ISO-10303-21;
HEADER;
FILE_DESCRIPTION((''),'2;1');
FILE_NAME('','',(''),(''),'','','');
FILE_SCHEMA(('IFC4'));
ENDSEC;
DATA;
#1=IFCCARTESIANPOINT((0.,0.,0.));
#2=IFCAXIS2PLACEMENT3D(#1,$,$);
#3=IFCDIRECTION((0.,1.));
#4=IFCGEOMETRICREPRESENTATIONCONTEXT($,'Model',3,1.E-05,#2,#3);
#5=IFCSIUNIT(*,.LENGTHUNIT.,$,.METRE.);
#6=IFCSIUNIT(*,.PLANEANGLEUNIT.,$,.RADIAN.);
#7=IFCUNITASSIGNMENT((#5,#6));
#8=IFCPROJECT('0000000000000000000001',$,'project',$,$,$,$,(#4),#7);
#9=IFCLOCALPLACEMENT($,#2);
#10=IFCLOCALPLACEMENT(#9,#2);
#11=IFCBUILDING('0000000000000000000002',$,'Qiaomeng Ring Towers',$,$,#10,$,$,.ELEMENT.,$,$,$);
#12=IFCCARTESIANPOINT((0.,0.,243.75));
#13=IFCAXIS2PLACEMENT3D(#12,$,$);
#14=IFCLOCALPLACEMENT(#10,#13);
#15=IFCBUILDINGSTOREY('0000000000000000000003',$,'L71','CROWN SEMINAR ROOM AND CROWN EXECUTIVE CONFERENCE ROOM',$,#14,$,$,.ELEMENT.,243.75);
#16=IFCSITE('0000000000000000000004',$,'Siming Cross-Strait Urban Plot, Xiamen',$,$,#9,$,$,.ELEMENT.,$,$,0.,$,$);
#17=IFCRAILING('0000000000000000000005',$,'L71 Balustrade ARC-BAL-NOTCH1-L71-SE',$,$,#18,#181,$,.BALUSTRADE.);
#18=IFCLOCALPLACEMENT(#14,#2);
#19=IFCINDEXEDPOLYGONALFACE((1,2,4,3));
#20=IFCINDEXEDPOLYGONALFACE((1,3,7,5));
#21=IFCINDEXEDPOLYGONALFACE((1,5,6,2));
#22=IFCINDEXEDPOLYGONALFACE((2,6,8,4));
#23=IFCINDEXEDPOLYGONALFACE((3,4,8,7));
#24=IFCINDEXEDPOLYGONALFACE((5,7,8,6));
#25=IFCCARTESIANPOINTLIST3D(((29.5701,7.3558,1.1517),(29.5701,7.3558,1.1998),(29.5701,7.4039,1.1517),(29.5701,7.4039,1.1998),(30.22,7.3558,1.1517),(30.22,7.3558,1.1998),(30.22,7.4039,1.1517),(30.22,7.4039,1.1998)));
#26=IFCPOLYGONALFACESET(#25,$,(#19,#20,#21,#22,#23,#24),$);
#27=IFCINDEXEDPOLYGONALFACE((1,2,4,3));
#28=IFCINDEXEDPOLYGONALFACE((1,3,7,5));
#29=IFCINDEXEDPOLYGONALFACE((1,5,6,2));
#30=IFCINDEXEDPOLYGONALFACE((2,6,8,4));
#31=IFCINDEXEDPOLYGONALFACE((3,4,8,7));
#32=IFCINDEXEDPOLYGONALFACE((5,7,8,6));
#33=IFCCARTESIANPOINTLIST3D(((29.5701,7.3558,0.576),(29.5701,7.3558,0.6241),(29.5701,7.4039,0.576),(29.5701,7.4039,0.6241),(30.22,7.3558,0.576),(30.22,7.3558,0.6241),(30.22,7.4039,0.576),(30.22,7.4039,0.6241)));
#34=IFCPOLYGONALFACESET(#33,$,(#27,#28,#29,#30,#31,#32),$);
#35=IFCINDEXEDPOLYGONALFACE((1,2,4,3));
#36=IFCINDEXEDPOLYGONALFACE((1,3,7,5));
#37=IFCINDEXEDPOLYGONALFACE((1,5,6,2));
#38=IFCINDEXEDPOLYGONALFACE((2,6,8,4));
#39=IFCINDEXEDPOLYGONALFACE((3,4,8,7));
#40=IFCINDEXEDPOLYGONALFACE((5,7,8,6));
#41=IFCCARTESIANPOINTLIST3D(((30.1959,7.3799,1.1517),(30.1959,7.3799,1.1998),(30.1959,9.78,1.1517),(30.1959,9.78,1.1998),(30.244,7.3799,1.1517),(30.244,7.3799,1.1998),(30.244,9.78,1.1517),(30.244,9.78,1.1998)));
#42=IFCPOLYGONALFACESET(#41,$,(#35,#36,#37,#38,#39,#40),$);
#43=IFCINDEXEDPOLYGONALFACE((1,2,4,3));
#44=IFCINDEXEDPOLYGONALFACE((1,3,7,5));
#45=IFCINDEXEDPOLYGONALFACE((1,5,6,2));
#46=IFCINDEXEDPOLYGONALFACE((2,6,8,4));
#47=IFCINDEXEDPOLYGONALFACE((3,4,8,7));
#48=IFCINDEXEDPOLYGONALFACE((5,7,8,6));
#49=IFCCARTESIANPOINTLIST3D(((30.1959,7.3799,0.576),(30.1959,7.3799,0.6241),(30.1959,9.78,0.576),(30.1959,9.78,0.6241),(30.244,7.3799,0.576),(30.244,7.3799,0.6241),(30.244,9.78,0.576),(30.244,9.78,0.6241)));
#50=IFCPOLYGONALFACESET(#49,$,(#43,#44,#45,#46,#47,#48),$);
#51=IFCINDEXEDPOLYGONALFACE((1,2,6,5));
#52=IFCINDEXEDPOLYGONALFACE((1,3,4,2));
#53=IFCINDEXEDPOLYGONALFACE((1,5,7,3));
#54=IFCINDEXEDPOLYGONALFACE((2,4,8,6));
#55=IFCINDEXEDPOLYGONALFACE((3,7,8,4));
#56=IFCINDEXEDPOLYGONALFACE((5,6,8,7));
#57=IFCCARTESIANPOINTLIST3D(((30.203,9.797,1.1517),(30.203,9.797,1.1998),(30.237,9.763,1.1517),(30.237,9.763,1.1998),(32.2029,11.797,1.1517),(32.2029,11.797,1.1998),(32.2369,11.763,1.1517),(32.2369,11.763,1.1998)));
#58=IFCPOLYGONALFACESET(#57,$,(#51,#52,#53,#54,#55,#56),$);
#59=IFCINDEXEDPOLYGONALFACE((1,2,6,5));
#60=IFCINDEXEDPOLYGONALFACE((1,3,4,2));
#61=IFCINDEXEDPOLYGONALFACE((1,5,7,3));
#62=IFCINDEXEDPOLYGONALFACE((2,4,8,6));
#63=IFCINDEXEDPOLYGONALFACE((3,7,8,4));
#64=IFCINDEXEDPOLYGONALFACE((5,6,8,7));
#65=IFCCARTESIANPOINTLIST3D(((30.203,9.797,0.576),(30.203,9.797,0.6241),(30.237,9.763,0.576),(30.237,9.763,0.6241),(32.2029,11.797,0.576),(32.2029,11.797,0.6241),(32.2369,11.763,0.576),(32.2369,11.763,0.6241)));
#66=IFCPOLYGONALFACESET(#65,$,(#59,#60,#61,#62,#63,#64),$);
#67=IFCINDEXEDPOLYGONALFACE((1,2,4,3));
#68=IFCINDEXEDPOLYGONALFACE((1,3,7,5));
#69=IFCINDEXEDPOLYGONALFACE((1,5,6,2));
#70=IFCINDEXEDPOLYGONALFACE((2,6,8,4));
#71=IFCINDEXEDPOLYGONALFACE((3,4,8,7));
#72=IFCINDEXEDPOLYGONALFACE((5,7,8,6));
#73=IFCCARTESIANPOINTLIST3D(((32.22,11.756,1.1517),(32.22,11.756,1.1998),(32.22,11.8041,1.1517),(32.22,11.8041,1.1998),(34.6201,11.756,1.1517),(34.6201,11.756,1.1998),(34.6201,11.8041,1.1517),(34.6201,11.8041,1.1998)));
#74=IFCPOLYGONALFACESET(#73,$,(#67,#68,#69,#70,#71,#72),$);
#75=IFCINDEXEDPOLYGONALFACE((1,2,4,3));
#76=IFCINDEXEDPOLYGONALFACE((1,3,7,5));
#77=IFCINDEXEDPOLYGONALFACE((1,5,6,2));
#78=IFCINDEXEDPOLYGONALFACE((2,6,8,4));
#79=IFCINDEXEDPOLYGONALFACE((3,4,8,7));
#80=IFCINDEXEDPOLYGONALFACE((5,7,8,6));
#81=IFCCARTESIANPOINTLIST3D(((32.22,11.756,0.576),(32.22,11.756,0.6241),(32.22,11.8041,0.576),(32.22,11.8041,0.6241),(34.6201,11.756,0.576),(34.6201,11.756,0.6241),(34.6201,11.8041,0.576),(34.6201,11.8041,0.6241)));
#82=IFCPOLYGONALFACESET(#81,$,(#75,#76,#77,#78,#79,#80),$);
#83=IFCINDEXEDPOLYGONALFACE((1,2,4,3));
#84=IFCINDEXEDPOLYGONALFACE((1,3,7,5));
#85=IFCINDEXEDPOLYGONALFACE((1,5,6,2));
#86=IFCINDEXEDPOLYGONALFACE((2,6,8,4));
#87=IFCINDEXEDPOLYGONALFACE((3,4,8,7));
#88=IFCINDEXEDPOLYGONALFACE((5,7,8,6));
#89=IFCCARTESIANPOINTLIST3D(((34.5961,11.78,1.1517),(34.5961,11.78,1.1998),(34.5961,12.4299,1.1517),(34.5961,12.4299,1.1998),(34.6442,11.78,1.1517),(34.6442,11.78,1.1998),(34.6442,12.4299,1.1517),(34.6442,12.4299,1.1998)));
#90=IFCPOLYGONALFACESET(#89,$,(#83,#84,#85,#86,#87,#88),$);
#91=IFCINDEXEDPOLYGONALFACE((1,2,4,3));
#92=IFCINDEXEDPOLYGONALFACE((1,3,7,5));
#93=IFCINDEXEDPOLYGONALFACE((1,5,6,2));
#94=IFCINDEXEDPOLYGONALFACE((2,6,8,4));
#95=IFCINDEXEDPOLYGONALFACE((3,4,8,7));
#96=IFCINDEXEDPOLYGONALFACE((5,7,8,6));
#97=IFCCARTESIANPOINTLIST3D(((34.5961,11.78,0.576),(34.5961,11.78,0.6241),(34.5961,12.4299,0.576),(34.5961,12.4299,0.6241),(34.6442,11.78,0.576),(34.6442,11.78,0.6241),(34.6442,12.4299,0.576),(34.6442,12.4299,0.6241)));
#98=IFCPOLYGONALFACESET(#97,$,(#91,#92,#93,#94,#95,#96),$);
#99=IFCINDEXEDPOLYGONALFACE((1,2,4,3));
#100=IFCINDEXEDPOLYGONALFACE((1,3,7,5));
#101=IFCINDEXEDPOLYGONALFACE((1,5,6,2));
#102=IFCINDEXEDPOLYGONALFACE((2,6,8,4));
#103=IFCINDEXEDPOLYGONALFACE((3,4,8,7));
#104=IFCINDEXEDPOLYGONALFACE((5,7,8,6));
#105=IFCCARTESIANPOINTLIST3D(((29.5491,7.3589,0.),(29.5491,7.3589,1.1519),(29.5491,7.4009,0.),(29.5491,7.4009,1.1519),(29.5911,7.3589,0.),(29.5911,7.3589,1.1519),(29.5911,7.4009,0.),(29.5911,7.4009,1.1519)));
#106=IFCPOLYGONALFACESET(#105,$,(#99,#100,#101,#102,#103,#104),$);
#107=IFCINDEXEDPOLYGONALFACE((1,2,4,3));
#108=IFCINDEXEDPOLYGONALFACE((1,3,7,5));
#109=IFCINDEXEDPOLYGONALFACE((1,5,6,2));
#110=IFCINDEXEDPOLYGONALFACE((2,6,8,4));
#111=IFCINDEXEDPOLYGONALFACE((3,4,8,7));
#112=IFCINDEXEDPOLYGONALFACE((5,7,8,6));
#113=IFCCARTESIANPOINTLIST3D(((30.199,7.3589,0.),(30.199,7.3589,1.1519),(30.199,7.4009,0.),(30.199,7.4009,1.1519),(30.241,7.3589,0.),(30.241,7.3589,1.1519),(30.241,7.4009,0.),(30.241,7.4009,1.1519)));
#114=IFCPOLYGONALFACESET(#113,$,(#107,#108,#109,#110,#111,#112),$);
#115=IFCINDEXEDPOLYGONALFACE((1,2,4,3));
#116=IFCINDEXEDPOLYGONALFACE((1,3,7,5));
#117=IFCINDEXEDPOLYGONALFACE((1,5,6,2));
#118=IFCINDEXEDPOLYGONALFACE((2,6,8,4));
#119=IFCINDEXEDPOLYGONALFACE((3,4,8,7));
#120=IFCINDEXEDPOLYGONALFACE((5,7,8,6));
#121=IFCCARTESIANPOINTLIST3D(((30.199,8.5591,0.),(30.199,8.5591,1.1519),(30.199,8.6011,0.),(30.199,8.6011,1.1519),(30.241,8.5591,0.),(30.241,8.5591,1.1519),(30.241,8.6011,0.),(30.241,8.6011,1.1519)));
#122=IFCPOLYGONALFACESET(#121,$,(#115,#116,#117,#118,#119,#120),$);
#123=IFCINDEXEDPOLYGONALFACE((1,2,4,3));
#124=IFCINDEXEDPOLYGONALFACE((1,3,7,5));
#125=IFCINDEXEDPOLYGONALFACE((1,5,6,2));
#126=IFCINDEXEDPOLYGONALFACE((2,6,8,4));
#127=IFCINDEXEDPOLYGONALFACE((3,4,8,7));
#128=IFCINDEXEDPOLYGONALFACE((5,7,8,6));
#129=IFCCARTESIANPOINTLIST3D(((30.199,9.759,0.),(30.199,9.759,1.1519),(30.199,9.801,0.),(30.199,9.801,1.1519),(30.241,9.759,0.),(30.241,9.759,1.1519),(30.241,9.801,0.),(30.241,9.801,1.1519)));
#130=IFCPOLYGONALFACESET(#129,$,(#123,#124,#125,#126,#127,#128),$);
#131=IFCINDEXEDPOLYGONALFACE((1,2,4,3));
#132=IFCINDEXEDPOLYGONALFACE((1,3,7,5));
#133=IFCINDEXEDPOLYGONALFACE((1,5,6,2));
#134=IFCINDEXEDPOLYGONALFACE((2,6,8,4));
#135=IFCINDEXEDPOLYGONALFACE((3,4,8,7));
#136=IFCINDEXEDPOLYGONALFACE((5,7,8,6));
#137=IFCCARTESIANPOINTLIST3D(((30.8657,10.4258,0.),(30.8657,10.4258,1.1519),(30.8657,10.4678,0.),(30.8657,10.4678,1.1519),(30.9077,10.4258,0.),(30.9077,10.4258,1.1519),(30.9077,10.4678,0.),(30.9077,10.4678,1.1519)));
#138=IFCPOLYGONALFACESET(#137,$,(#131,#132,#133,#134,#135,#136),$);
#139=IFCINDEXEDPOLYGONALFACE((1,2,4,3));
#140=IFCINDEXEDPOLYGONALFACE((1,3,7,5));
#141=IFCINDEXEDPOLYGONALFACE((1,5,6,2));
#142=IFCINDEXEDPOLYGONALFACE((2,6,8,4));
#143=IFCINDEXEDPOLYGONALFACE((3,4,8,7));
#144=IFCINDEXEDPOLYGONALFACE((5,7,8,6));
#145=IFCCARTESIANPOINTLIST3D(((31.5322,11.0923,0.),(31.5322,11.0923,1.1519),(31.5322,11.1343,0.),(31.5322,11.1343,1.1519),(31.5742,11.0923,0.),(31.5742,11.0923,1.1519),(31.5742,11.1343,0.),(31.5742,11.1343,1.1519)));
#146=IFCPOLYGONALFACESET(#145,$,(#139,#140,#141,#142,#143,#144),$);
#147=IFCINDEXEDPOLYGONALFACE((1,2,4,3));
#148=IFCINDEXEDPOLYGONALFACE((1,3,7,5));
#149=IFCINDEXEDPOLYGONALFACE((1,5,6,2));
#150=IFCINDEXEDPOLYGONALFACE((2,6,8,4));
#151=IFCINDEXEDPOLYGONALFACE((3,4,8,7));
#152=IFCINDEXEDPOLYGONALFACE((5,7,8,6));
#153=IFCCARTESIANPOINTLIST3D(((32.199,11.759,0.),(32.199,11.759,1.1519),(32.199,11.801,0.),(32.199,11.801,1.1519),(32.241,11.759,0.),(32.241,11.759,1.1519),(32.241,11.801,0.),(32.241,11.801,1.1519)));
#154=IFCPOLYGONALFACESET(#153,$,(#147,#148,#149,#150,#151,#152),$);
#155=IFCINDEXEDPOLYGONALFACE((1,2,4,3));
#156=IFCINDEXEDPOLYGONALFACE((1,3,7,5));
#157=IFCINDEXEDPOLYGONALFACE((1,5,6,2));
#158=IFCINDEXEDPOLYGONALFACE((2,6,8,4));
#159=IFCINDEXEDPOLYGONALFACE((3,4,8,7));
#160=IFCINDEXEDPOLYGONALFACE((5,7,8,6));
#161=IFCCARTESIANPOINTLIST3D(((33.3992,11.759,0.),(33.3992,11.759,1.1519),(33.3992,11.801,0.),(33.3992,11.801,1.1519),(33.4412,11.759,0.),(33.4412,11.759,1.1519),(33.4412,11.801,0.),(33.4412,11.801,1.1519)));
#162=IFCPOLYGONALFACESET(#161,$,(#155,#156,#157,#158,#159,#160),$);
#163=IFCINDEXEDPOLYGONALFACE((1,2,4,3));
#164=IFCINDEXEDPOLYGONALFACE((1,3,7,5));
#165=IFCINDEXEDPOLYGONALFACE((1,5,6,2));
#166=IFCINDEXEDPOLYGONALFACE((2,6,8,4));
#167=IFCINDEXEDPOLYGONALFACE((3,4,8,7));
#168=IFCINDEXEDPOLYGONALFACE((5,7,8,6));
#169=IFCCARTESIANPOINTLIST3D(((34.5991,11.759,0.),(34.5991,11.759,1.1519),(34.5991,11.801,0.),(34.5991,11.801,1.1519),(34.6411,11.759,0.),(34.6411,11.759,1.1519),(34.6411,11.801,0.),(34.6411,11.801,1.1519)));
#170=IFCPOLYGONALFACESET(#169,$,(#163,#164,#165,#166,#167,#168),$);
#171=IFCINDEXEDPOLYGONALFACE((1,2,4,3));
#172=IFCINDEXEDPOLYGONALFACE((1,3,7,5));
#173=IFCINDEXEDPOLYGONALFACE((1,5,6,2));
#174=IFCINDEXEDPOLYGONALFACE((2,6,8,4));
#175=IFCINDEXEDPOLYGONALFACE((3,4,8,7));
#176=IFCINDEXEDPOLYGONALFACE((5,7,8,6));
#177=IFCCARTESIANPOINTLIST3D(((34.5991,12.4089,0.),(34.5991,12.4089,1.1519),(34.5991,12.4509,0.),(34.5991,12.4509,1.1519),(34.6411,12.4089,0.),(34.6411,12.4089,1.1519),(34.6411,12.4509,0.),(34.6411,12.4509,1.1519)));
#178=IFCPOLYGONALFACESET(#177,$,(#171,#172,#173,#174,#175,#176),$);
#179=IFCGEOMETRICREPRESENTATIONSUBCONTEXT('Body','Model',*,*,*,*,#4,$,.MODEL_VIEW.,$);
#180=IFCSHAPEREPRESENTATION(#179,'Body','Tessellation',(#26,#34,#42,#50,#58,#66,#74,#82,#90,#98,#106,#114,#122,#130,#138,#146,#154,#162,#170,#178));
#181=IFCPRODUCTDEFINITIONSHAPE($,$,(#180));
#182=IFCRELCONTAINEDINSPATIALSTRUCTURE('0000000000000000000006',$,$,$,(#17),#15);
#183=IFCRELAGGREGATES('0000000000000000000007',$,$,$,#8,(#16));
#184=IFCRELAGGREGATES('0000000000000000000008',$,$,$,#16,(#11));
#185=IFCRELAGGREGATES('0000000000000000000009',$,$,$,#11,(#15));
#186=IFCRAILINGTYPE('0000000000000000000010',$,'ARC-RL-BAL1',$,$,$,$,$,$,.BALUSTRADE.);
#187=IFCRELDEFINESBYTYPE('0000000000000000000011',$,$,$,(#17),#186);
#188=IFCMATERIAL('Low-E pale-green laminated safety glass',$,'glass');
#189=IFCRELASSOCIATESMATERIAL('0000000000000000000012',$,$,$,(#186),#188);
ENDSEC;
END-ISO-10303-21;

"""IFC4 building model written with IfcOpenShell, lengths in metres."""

from ifc_helpers import new_model, si_unit, direction, frame, origin, origin_2d, place, context, subcontext, project, spatial, rectangle, extrude, material, type_object, element, save


model = new_model("IFC4")

# Units and contexts
model_context = context("Model", 3, precision=1e-05, world=origin(), true_north=direction((0.0, 1.0)))
body_context = subcontext(model_context, "Body", "Model", "MODEL_VIEW")
ifc_project = project(units=[si_unit("LENGTHUNIT", "METRE"), si_unit("PLANEANGLEUNIT", "RADIAN")], contexts=[model_context])

# Site, building, storey
site_placement = place(None, origin())
site = spatial("IfcSite", under=ifc_project, at=site_placement, Name="Siming Cross-Strait Urban Plot, Xiamen", CompositionType="ELEMENT", RefElevation=0.0)
building_placement = place(site_placement, origin())
building = spatial("IfcBuilding", under=site, at=building_placement, Name="Qiaomeng Ring Towers", CompositionType="ELEMENT")
storey_placement = place(building_placement, frame((0.0, 0.0, 243.75)))
storey = spatial("IfcBuildingStorey", under=building, at=storey_placement, Name="L71", Description="CROWN SEMINAR ROOM AND CROWN EXECUTIVE CONFERENCE ROOM", CompositionType="ELEMENT", Elevation=243.75)

# Railing
ifc_material_1 = material(Name="Low-E pale-green laminated safety glass", Category="glass")
railing_type = type_object("IfcRailingType", Name="ARC-RL-BAL1", PredefinedType="BALUSTRADE", material=ifc_material_1)
railing_placement = place(storey_placement, frame((29.5701, 7.3799, 0.0)))
element("IfcRailing", 1, at=railing_placement, inside=storey, type_object=railing_type, Name="L71 Balustrade ARC-BAL-NOTCH1-L71-SE", PredefinedType="BALUSTRADE", context=body_context, shape_type="SweptSolid", body=[
    extrude(rectangle(XDim=0.0481, YDim=0.0481, at=origin_2d()), frame((0.0, 0.0, 1.1758), z_axis=(1.0, 0.0, 0.0), x_axis=(0.0, 1.0, 0.0)), (0.0, 0.0, 1.0), 0.6499),
    extrude(rectangle(XDim=0.0481, YDim=0.0481, at=origin_2d()), frame((0.0, 0.0, 0.6001), z_axis=(1.0, 0.0, 0.0), x_axis=(0.0, 1.0, 0.0)), (0.0, 0.0, 1.0), 0.6499),
    extrude(rectangle(XDim=0.0481, YDim=0.0481, at=origin_2d()), frame((0.6499, 0.0, 1.1758), z_axis=(0.0, 1.0, 0.0), x_axis=(-1.0, 0.0, 0.0)), (0.0, 0.0, 1.0), 2.4001),
    extrude(rectangle(XDim=0.0481, YDim=0.0481, at=origin_2d()), frame((0.6499, 0.0, 0.6001), z_axis=(0.0, 1.0, 0.0), x_axis=(-1.0, 0.0, 0.0)), (0.0, 0.0, 1.0), 2.4001),
    extrude(rectangle(XDim=0.0481, YDim=0.0481, at=origin_2d()), frame((0.6499, 2.4001, 1.1758), z_axis=(0.707107, 0.707107, 0.0), x_axis=(-0.707107, 0.707107, 0.0)), (0.0, 0.0, 1.0), 2.8284),
    extrude(rectangle(XDim=0.0481, YDim=0.0481, at=origin_2d()), frame((0.6499, 2.4001, 0.6001), z_axis=(0.707107, 0.707107, 0.0), x_axis=(-0.707107, 0.707107, 0.0)), (0.0, 0.0, 1.0), 2.8284),
    extrude(rectangle(XDim=0.0481, YDim=0.0481, at=origin_2d()), frame((2.6499, 4.4001, 1.1758), z_axis=(1.0, 0.0, 0.0), x_axis=(0.0, 1.0, 0.0)), (0.0, 0.0, 1.0), 2.4001),
    extrude(rectangle(XDim=0.0481, YDim=0.0481, at=origin_2d()), frame((2.6499, 4.4001, 0.6001), z_axis=(1.0, 0.0, 0.0), x_axis=(0.0, 1.0, 0.0)), (0.0, 0.0, 1.0), 2.4001),
    extrude(rectangle(XDim=0.0481, YDim=0.0481, at=origin_2d()), frame((5.05, 4.4001, 1.1758), z_axis=(0.0, 1.0, 0.0), x_axis=(-1.0, 0.0, 0.0)), (0.0, 0.0, 1.0), 0.6499),
    extrude(rectangle(XDim=0.0481, YDim=0.0481, at=origin_2d()), frame((5.05, 4.4001, 0.6001), z_axis=(0.0, 1.0, 0.0), x_axis=(-1.0, 0.0, 0.0)), (0.0, 0.0, 1.0), 0.6499),
    extrude(rectangle(XDim=0.042, YDim=0.042, at=origin_2d()), origin(), (0.0, 0.0, 1.0), 1.1519),
    extrude(rectangle(XDim=0.042, YDim=0.042, at=origin_2d()), frame((0.6499, 0.0, 0.0)), (0.0, 0.0, 1.0), 1.1519),
    extrude(rectangle(XDim=0.042, YDim=0.042, at=origin_2d()), frame((0.6499, 1.2002, 0.0)), (0.0, 0.0, 1.0), 1.1519),
    extrude(rectangle(XDim=0.042, YDim=0.042, at=origin_2d()), frame((0.6499, 2.4001, 0.0)), (0.0, 0.0, 1.0), 1.1519),
    extrude(rectangle(XDim=0.042, YDim=0.042, at=origin_2d()), frame((1.3167, 3.0669, 0.0)), (0.0, 0.0, 1.0), 1.1519),
    extrude(rectangle(XDim=0.042, YDim=0.042, at=origin_2d()), frame((1.9832, 3.7334, 0.0)), (0.0, 0.0, 1.0), 1.1519),
    extrude(rectangle(XDim=0.042, YDim=0.042, at=origin_2d()), frame((2.6499, 4.4001, 0.0)), (0.0, 0.0, 1.0), 1.1519),
    extrude(rectangle(XDim=0.042, YDim=0.042, at=origin_2d()), frame((3.8501, 4.4001, 0.0)), (0.0, 0.0, 1.0), 1.1519),
    extrude(rectangle(XDim=0.042, YDim=0.042, at=origin_2d()), frame((5.05, 4.4001, 0.0)), (0.0, 0.0, 1.0), 1.1519),
    extrude(rectangle(XDim=0.042, YDim=0.042, at=origin_2d()), frame((5.05, 5.05, 0.0)), (0.0, 0.0, 1.0), 1.1519),
])

save(model, "model.ifc")
